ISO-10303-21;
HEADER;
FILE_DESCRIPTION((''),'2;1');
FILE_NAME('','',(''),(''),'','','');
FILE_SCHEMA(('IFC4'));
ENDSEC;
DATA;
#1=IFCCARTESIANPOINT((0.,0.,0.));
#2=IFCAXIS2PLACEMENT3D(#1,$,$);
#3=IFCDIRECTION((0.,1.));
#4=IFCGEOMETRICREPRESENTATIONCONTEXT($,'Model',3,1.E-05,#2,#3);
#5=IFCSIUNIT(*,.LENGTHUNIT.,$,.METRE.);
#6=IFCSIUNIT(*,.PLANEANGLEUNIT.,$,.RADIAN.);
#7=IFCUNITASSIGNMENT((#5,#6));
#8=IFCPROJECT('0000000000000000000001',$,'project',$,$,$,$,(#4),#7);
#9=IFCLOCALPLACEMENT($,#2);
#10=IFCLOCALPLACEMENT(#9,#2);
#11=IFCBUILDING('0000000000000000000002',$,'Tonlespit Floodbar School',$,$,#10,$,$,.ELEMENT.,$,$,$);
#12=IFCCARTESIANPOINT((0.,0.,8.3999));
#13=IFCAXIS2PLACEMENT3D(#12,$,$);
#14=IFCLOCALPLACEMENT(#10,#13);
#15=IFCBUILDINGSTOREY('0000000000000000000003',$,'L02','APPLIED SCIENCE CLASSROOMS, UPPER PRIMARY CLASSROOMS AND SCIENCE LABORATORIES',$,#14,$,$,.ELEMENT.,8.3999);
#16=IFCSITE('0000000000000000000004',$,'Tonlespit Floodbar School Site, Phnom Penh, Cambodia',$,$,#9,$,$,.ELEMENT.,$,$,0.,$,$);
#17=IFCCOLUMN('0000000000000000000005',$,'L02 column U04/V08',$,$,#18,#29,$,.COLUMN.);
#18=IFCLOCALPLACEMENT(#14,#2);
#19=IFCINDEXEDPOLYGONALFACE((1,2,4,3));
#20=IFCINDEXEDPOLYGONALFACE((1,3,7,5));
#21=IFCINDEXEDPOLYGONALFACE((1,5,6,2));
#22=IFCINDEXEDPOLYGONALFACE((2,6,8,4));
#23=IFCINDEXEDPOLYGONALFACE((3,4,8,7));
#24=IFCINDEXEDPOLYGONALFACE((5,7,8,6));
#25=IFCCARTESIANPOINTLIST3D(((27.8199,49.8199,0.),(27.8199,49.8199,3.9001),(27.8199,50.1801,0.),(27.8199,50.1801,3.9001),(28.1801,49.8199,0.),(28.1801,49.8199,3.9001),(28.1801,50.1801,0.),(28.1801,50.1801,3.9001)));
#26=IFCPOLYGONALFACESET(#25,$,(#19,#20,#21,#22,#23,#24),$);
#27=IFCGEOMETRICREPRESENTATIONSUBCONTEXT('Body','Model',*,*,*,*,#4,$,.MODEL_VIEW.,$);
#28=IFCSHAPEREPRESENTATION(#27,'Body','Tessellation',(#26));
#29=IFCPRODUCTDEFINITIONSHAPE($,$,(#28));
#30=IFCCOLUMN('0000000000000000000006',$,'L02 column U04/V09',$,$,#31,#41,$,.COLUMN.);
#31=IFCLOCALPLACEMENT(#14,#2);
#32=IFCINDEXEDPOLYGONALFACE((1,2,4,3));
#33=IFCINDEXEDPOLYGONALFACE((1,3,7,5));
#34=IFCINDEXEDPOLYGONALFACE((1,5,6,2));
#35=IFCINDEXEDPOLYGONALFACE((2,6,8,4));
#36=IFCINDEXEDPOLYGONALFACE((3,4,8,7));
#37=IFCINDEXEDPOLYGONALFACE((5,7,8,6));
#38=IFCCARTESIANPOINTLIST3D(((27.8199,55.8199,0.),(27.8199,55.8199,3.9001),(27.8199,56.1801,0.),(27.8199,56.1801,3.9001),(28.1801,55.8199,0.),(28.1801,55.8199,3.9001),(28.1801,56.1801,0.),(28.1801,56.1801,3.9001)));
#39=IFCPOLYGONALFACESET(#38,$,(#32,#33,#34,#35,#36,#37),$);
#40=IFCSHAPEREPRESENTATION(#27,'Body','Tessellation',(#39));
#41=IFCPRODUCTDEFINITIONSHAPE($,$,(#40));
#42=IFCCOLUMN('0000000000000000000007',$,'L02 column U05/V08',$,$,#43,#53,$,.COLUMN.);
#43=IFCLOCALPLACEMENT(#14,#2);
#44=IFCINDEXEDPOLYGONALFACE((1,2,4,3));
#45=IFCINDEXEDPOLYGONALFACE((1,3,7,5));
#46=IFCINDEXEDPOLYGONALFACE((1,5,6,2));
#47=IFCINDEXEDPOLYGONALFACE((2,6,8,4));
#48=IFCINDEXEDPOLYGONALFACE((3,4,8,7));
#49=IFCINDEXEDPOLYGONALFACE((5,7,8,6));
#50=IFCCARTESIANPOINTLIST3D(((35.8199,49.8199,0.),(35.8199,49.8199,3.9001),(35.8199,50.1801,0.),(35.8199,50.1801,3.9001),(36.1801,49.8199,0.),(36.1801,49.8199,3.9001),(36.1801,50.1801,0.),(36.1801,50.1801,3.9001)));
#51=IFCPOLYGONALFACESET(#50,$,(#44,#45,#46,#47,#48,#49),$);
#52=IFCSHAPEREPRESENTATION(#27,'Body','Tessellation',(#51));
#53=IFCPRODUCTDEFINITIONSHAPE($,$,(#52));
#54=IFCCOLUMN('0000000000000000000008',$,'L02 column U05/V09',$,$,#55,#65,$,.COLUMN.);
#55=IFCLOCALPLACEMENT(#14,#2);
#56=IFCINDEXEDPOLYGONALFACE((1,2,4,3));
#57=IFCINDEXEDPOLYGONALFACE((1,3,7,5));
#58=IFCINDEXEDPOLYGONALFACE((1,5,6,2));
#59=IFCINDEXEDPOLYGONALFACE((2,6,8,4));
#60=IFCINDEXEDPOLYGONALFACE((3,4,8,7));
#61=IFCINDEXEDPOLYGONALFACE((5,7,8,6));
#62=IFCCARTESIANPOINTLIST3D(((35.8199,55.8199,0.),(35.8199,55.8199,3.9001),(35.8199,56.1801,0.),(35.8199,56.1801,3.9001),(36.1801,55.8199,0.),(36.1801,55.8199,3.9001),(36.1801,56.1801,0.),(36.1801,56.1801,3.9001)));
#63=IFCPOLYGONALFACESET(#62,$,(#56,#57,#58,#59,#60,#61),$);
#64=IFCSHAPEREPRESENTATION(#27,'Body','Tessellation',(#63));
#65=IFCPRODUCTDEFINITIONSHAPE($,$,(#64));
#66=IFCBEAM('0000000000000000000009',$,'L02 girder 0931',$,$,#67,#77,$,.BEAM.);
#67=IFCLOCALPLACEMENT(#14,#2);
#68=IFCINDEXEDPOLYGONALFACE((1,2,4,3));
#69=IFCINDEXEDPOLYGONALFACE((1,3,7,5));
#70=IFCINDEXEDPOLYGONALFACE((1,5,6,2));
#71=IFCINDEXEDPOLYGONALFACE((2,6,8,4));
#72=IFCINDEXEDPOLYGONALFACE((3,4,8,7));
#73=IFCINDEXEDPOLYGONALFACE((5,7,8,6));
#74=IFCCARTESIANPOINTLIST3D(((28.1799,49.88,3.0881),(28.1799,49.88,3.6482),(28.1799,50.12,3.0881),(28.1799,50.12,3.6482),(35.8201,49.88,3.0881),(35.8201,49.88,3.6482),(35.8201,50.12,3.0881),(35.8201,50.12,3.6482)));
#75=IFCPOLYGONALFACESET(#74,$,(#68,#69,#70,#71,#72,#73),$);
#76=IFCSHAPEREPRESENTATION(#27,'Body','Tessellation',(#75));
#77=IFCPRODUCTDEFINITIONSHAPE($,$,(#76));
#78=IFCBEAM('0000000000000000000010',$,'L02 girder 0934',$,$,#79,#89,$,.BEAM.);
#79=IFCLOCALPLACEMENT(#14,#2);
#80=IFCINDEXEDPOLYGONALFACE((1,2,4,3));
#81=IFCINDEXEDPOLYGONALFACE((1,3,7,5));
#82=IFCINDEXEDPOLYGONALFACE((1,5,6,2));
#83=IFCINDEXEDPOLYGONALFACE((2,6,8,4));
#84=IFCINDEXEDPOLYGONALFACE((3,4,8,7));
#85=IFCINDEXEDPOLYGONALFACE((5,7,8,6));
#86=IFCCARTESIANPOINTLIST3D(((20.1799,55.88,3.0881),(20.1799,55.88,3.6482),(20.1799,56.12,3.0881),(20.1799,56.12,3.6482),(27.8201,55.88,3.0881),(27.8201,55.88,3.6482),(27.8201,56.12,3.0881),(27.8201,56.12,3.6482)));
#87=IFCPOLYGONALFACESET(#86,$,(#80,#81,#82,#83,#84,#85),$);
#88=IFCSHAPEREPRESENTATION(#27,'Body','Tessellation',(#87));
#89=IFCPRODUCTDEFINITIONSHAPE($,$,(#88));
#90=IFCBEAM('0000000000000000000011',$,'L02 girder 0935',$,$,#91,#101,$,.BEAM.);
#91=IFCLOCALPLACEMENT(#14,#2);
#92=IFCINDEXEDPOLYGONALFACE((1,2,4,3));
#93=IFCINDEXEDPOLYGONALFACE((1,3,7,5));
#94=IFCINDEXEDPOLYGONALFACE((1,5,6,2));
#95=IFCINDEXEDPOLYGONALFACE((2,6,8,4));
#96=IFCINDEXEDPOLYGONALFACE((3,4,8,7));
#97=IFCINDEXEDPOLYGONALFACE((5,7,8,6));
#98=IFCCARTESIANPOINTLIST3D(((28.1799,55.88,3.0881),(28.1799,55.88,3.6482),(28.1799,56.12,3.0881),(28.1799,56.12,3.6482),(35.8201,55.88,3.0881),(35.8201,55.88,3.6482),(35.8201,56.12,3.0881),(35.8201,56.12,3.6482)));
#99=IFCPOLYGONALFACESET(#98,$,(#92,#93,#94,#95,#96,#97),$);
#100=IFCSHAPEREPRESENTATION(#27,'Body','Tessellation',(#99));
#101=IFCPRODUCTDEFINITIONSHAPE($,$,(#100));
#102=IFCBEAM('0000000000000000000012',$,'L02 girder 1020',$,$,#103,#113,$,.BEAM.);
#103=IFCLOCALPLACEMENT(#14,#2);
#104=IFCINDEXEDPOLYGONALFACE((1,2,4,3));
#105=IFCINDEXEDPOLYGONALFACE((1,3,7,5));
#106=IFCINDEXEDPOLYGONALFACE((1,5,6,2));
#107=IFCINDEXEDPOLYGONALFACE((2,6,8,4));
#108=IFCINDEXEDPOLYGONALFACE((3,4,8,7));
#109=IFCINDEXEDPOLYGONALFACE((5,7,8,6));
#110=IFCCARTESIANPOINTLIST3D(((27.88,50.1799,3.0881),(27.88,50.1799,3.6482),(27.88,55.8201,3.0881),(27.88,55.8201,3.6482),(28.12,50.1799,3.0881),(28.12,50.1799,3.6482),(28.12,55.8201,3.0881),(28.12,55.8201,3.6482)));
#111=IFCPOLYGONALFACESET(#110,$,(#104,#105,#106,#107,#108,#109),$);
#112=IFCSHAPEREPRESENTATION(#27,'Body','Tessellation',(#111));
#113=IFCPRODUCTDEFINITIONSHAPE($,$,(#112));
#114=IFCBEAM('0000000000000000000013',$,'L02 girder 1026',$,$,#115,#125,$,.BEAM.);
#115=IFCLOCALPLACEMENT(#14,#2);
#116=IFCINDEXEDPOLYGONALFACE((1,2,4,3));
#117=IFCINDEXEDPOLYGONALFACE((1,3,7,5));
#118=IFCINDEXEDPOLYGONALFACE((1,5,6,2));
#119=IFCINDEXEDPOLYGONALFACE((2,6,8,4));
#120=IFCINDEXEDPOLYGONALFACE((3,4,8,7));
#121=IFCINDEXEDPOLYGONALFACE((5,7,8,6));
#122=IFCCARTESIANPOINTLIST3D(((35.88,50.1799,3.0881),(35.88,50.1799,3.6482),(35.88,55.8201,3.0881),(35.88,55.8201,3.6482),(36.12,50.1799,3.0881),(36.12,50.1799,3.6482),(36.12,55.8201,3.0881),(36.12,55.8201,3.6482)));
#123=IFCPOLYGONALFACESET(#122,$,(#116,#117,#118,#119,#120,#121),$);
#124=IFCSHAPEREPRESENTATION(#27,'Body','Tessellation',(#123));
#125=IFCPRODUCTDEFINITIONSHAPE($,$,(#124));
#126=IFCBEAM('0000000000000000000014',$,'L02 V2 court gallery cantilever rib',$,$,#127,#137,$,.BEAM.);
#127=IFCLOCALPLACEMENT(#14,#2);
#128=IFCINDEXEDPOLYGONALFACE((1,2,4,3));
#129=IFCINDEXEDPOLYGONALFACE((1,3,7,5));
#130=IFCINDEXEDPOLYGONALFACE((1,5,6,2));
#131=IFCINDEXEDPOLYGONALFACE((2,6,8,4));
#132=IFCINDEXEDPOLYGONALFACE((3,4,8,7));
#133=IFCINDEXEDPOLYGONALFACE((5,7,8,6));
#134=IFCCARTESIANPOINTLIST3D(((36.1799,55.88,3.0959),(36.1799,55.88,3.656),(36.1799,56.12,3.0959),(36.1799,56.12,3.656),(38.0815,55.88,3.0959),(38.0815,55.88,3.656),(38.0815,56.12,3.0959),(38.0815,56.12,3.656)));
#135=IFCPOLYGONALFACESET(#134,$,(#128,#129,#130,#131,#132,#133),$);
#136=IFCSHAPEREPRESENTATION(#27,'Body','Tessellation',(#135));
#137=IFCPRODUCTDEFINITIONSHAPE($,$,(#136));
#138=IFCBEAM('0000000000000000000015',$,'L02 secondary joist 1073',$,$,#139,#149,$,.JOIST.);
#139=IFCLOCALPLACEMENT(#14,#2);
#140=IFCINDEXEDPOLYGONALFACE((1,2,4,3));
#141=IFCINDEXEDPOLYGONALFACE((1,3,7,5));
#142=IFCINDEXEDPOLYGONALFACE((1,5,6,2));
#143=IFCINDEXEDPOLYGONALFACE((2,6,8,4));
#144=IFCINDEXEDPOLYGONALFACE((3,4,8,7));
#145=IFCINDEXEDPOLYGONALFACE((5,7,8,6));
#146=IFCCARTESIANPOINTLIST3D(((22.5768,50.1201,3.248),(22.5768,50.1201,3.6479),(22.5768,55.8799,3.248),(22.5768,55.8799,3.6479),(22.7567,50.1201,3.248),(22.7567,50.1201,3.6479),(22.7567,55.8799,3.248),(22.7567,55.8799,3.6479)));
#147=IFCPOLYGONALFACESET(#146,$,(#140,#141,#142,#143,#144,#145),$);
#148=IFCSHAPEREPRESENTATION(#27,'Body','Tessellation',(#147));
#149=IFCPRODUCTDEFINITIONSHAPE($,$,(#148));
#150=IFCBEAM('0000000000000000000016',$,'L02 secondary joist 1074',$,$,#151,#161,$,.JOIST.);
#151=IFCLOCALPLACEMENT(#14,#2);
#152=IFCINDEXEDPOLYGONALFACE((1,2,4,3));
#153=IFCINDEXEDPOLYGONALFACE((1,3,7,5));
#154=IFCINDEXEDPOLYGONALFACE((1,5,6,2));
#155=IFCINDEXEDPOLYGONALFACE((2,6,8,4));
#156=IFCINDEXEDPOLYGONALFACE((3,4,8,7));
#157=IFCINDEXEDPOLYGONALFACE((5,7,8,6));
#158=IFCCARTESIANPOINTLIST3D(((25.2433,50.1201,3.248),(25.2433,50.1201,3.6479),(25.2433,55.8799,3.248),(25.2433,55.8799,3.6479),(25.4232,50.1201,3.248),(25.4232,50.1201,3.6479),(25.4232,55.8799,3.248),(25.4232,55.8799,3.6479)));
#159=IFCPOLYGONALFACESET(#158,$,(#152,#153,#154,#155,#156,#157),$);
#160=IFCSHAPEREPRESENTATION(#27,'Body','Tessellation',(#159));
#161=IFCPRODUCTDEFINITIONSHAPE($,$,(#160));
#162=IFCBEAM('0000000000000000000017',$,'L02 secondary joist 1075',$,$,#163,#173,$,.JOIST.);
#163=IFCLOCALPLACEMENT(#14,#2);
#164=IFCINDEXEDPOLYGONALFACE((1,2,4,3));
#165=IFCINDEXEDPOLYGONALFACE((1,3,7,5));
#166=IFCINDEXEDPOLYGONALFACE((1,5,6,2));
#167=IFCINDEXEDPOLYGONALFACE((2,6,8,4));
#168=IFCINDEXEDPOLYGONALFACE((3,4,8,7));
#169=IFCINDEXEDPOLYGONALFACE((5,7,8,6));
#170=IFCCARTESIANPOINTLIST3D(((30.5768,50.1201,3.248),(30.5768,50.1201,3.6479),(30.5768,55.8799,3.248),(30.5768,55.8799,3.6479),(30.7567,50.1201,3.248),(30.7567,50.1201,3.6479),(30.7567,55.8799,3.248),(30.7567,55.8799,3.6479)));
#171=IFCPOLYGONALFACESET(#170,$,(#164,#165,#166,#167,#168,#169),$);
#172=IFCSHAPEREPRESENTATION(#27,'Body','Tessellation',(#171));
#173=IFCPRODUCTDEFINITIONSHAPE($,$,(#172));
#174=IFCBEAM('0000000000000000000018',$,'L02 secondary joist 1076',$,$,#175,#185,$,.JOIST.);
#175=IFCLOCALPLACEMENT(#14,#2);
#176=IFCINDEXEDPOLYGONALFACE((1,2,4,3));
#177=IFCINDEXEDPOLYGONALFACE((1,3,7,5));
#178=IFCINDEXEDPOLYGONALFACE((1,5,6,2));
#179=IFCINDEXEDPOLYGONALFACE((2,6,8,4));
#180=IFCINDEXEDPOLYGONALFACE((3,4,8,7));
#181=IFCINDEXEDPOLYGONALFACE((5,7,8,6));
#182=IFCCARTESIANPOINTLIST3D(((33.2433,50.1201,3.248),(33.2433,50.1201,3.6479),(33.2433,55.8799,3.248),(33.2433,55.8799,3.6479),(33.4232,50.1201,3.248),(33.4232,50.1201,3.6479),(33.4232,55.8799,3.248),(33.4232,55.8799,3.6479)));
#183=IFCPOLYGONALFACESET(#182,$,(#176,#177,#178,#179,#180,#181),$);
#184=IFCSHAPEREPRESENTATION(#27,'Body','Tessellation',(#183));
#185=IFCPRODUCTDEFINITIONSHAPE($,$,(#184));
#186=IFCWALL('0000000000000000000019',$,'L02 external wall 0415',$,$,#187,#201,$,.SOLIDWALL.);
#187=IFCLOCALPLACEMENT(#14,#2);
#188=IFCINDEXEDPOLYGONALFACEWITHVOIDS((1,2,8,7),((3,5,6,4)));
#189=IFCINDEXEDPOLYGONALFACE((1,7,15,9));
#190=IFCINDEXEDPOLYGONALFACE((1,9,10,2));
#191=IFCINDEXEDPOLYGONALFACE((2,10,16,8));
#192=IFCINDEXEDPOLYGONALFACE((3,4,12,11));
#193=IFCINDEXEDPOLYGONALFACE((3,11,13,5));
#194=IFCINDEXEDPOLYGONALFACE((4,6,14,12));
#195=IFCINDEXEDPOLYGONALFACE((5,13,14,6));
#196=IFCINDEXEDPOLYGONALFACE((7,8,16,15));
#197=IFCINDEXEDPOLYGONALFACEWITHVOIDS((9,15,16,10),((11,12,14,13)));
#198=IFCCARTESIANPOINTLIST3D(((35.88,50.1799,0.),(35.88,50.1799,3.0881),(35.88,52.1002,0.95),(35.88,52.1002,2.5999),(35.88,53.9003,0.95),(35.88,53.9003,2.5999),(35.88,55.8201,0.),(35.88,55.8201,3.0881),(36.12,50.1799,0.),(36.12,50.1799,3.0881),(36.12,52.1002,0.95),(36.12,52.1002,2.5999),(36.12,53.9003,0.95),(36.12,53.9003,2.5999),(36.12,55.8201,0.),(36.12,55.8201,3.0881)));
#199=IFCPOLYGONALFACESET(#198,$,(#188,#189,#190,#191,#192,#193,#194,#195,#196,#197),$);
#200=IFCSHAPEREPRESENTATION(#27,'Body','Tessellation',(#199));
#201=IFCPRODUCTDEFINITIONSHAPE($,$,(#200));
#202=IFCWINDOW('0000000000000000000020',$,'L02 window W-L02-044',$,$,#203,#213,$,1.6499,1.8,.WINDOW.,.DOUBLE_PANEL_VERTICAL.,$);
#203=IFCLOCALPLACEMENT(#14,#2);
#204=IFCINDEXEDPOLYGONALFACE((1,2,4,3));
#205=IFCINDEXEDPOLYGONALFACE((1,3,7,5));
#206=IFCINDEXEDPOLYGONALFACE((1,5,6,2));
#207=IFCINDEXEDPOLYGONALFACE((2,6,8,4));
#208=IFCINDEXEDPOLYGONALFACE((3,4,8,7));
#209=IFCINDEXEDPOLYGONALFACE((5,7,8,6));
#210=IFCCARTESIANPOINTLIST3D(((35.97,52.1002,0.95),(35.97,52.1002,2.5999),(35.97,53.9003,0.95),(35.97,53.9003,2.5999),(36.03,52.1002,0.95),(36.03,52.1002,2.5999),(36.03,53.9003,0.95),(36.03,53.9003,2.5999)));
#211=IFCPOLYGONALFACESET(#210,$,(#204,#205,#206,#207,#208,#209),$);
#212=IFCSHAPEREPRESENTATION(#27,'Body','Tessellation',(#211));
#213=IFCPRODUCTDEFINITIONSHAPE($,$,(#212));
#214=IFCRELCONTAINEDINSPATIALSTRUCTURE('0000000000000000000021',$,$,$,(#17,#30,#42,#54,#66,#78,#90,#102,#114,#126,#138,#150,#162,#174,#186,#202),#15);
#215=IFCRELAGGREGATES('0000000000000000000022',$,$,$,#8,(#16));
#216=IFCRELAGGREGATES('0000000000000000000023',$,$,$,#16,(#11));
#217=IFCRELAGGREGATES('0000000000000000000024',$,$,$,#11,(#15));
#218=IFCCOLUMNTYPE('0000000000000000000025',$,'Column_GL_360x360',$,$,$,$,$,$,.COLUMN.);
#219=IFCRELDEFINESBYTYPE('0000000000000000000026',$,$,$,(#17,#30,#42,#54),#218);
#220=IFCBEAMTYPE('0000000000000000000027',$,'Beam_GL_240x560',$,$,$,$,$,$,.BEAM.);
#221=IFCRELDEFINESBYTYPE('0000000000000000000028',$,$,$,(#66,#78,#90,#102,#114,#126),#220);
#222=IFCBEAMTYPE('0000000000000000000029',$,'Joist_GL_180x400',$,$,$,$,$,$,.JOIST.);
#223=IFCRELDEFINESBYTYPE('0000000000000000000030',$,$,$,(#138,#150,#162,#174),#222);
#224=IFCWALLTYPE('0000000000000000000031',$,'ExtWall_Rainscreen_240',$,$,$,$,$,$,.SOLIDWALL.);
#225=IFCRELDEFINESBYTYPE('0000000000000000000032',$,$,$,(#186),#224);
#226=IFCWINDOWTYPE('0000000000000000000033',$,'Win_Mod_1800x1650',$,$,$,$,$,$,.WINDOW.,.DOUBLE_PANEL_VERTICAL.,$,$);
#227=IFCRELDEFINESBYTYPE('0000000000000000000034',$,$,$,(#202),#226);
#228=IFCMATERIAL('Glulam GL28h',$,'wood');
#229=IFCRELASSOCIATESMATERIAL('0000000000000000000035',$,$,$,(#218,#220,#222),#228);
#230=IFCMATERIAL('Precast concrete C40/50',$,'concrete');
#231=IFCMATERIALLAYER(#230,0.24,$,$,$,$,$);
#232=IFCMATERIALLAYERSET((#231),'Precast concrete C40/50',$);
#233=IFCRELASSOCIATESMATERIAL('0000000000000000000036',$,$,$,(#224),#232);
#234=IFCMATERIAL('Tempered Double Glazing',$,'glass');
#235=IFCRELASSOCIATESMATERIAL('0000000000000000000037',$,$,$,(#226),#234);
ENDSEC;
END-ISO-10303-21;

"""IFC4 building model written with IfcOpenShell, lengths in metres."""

from ifc_helpers import new_model, si_unit, direction, frame, frame_2d, origin, origin_2d, place, context, subcontext, project, spatial, rectangle, extrude, material, layer, layer_set, material_profile, profile_set, type_object, element, fill, save


model = new_model("IFC4")

# Units and contexts
model_context = context("Model", 3, precision=1e-05, world=origin(), true_north=direction((0.0, 1.0)))
body_context = subcontext(model_context, "Body", "Model", "MODEL_VIEW")
ifc_project = project(units=[si_unit("LENGTHUNIT", "METRE"), si_unit("PLANEANGLEUNIT", "RADIAN")], contexts=[model_context])

# Site, building, storey
site_placement = place(None, origin())
site = spatial("IfcSite", under=ifc_project, at=site_placement, Name="Tonlespit Floodbar School Site, Phnom Penh, Cambodia", CompositionType="ELEMENT", RefElevation=0.0)
building_placement = place(site_placement, origin())
building = spatial("IfcBuilding", under=site, at=building_placement, Name="Tonlespit Floodbar School", CompositionType="ELEMENT")
storey_placement = place(building_placement, frame((0.0, 0.0, 8.3999)))
storey = spatial("IfcBuildingStorey", under=building, at=storey_placement, Name="L02", Description="APPLIED SCIENCE CLASSROOMS, UPPER PRIMARY CLASSROOMS AND SCIENCE LABORATORIES", CompositionType="ELEMENT", Elevation=8.3999)

# Columns
ifc_material_1 = material(Name="Glulam GL28h", Category="wood")
ifc_material_profile_1 = material_profile(ifc_material_1, rectangle(XDim=0.3601, YDim=0.3601, at=origin_2d()), Name="GL 360x360")
ifc_profile_set_1 = profile_set([ifc_material_profile_1], Name="Glulam GL28h")
column_type = type_object("IfcColumnType", Name="Column_GL_360x360", PredefinedType="COLUMN", material=ifc_profile_set_1)
for number, where, z_axis, x_axis, name in (
    (1, (28.0, 50.0, 0.0), (0.0, 0.0, 1.0), (1.0, 0.0, 0.0), "L02 column U04/V08"),
    (2, (28.0, 56.0, 0.0), (0.0, 0.0, 1.0), (1.0, 0.0, 0.0), "L02 column U04/V09"),
    (3, (36.0, 50.0, 0.0), (0.0, 0.0, 1.0), (1.0, 0.0, 0.0), "L02 column U05/V08"),
    (4, (36.0, 56.0, 0.0), (0.0, 0.0, 1.0), (1.0, 0.0, 0.0), "L02 column U05/V09"),
):
    element("IfcColumn", number, at=place(storey_placement, frame(where, z_axis=z_axis, x_axis=x_axis)), inside=storey, type_object=column_type, Name=name, PredefinedType="COLUMN", context=body_context, shape_type="SweptSolid", body=[
        extrude(rectangle(XDim=0.3601, YDim=0.3601, at=origin_2d()), origin(), (0.0, 0.0, 1.0), 3.9001),
    ])

# Beams
ifc_material_profile_2 = material_profile(ifc_material_1, rectangle(XDim=0.24, YDim=0.5601, at=origin_2d()), Name="GL 240x560")
ifc_profile_set_2 = profile_set([ifc_material_profile_2], Name="Glulam GL28h")
beam_type_1 = type_object("IfcBeamType", Name="Beam_GL_240x560", PredefinedType="BEAM", material=ifc_profile_set_2)
for number, where, z_axis, x_axis, name in (
    (5, (28.1799, 50.0, 3.3682), (1.0, 0.0, 0.0), (0.0, 1.0, 0.0), "L02 girder 0931"),
    (6, (20.1799, 56.0, 3.3682), (1.0, 0.0, 0.0), (0.0, 1.0, 0.0), "L02 girder 0934"),
    (7, (28.1799, 56.0, 3.3682), (1.0, 0.0, 0.0), (0.0, 1.0, 0.0), "L02 girder 0935"),
):
    element("IfcBeam", number, at=place(storey_placement, frame(where, z_axis=z_axis, x_axis=x_axis)), inside=storey, type_object=beam_type_1, Name=name, PredefinedType="BEAM", context=body_context, shape_type="SweptSolid", body=[
        extrude(rectangle(XDim=0.24, YDim=0.5601, at=origin_2d()), origin(), (0.0, 0.0, 1.0), 7.6401),
    ])
for number, where, z_axis, x_axis, name in (
    (8, (28.0, 50.1799, 3.3682), (0.0, 1.0, 0.0), (-1.0, 0.0, 0.0), "L02 girder 1020"),
    (9, (36.0, 50.1799, 3.3682), (0.0, 1.0, 0.0), (-1.0, 0.0, 0.0), "L02 girder 1026"),
):
    element("IfcBeam", number, at=place(storey_placement, frame(where, z_axis=z_axis, x_axis=x_axis)), inside=storey, type_object=beam_type_1, Name=name, PredefinedType="BEAM", context=body_context, shape_type="SweptSolid", body=[
        extrude(rectangle(XDim=0.24, YDim=0.5601, at=origin_2d()), origin(), (0.0, 0.0, 1.0), 5.6401),
    ])
beam_placement = place(storey_placement, frame((36.1799, 56.0, 3.376), z_axis=(1.0, 0.0, 0.0), x_axis=(0.0, 1.0, 0.0)))
element("IfcBeam", 10, at=beam_placement, inside=storey, type_object=beam_type_1, Name="L02 V2 court gallery cantilever rib", PredefinedType="BEAM", context=body_context, shape_type="SweptSolid", body=[
    extrude(rectangle(XDim=0.24, YDim=0.5601, at=origin_2d()), origin(), (0.0, 0.0, 1.0), 1.9016),
])
ifc_material_profile_3 = material_profile(ifc_material_1, rectangle(XDim=0.1799, YDim=0.3999, at=origin_2d()), Name="GL 180x400")
ifc_profile_set_3 = profile_set([ifc_material_profile_3], Name="Glulam GL28h")
beam_type_2 = type_object("IfcBeamType", Name="Joist_GL_180x400", PredefinedType="JOIST", material=ifc_profile_set_3)
for number, where, z_axis, x_axis, name in (
    (11, (22.6667, 50.1201, 3.448), (0.0, 1.0, 0.0), (-1.0, 0.0, 0.0), "L02 secondary joist 1073"),
    (12, (25.3333, 50.1201, 3.448), (0.0, 1.0, 0.0), (-1.0, 0.0, 0.0), "L02 secondary joist 1074"),
    (13, (30.6667, 50.1201, 3.448), (0.0, 1.0, 0.0), (-1.0, 0.0, 0.0), "L02 secondary joist 1075"),
    (14, (33.3333, 50.1201, 3.448), (0.0, 1.0, 0.0), (-1.0, 0.0, 0.0), "L02 secondary joist 1076"),
):
    element("IfcBeam", number, at=place(storey_placement, frame(where, z_axis=z_axis, x_axis=x_axis)), inside=storey, type_object=beam_type_2, Name=name, PredefinedType="JOIST", context=body_context, shape_type="SweptSolid", body=[
        extrude(rectangle(XDim=0.1799, YDim=0.3999, at=origin_2d()), origin(), (0.0, 0.0, 1.0), 5.7598),
    ])

# Wall, opening, window
ifc_material_2 = material(Name="Precast concrete C40/50", Category="concrete")
ifc_layer_1 = layer(ifc_material_2, 0.24)
ifc_layer_set_1 = layer_set([ifc_layer_1], Name="Precast concrete C40/50")
wall_type_1 = type_object("IfcWallType", Name="ExtWall_Rainscreen_240", PredefinedType="SOLIDWALL", material=ifc_layer_set_1)
wall_1_placement = place(storey_placement, frame((36.0, 55.8201, 0.0), z_axis=(0.0, 0.0, 1.0), x_axis=(0.0, -1.0, 0.0)))
wall_1 = element("IfcWall", 15, at=wall_1_placement, inside=storey, type_object=wall_type_1, Name="L02 external wall 0415", PredefinedType="SOLIDWALL", context=body_context, shape_type="SweptSolid", body=[
    extrude(rectangle(XDim=5.6401, YDim=0.24, at=frame_2d((2.8201, 0.0))), origin(), (0.0, 0.0, 1.0), 3.0881),
])
opening_1_placement = place(wall_1_placement, frame((1.9199, 0.0, 0.95)))
opening_1 = element("IfcOpeningElement", 16, at=opening_1_placement, cuts=wall_1, PredefinedType="OPENING", context=body_context, shape_type="SweptSolid", body=[
    extrude(rectangle(XDim=1.8, YDim=1.6499, at=frame_2d((0.8999, 0.825))), frame((0.0, 0.1299, 0.0), z_axis=(0.0, -1.0, 0.0), x_axis=(1.0, 0.0, 0.0)), (0.0, 0.0, 1.0), 0.26),
])
ifc_material_3 = material(Name="Tempered Double Glazing", Category="glass")
window_type_1 = type_object("IfcWindowType", Name="Win_Mod_1800x1650", PartitioningType="DOUBLE_PANEL_VERTICAL", PredefinedType="WINDOW", material=ifc_material_3)
window_1_placement = place(opening_1_placement, origin())
window_1 = element("IfcWindow", 17, at=window_1_placement, inside=storey, type_object=window_type_1, Name="L02 window W-L02-044", OverallHeight=1.6499, OverallWidth=1.8, PartitioningType="DOUBLE_PANEL_VERTICAL", PredefinedType="WINDOW", context=body_context, shape_type="SweptSolid", body=[
    extrude(rectangle(XDim=1.8, YDim=1.6499, at=frame_2d((0.8999, 0.825))), frame((0.0, 0.03, 0.0), z_axis=(0.0, -1.0, 0.0), x_axis=(1.0, 0.0, 0.0)), (0.0, 0.0, 1.0), 0.0601),
])
fill(opening_1, window_1)

save(model, "model.ifc")
